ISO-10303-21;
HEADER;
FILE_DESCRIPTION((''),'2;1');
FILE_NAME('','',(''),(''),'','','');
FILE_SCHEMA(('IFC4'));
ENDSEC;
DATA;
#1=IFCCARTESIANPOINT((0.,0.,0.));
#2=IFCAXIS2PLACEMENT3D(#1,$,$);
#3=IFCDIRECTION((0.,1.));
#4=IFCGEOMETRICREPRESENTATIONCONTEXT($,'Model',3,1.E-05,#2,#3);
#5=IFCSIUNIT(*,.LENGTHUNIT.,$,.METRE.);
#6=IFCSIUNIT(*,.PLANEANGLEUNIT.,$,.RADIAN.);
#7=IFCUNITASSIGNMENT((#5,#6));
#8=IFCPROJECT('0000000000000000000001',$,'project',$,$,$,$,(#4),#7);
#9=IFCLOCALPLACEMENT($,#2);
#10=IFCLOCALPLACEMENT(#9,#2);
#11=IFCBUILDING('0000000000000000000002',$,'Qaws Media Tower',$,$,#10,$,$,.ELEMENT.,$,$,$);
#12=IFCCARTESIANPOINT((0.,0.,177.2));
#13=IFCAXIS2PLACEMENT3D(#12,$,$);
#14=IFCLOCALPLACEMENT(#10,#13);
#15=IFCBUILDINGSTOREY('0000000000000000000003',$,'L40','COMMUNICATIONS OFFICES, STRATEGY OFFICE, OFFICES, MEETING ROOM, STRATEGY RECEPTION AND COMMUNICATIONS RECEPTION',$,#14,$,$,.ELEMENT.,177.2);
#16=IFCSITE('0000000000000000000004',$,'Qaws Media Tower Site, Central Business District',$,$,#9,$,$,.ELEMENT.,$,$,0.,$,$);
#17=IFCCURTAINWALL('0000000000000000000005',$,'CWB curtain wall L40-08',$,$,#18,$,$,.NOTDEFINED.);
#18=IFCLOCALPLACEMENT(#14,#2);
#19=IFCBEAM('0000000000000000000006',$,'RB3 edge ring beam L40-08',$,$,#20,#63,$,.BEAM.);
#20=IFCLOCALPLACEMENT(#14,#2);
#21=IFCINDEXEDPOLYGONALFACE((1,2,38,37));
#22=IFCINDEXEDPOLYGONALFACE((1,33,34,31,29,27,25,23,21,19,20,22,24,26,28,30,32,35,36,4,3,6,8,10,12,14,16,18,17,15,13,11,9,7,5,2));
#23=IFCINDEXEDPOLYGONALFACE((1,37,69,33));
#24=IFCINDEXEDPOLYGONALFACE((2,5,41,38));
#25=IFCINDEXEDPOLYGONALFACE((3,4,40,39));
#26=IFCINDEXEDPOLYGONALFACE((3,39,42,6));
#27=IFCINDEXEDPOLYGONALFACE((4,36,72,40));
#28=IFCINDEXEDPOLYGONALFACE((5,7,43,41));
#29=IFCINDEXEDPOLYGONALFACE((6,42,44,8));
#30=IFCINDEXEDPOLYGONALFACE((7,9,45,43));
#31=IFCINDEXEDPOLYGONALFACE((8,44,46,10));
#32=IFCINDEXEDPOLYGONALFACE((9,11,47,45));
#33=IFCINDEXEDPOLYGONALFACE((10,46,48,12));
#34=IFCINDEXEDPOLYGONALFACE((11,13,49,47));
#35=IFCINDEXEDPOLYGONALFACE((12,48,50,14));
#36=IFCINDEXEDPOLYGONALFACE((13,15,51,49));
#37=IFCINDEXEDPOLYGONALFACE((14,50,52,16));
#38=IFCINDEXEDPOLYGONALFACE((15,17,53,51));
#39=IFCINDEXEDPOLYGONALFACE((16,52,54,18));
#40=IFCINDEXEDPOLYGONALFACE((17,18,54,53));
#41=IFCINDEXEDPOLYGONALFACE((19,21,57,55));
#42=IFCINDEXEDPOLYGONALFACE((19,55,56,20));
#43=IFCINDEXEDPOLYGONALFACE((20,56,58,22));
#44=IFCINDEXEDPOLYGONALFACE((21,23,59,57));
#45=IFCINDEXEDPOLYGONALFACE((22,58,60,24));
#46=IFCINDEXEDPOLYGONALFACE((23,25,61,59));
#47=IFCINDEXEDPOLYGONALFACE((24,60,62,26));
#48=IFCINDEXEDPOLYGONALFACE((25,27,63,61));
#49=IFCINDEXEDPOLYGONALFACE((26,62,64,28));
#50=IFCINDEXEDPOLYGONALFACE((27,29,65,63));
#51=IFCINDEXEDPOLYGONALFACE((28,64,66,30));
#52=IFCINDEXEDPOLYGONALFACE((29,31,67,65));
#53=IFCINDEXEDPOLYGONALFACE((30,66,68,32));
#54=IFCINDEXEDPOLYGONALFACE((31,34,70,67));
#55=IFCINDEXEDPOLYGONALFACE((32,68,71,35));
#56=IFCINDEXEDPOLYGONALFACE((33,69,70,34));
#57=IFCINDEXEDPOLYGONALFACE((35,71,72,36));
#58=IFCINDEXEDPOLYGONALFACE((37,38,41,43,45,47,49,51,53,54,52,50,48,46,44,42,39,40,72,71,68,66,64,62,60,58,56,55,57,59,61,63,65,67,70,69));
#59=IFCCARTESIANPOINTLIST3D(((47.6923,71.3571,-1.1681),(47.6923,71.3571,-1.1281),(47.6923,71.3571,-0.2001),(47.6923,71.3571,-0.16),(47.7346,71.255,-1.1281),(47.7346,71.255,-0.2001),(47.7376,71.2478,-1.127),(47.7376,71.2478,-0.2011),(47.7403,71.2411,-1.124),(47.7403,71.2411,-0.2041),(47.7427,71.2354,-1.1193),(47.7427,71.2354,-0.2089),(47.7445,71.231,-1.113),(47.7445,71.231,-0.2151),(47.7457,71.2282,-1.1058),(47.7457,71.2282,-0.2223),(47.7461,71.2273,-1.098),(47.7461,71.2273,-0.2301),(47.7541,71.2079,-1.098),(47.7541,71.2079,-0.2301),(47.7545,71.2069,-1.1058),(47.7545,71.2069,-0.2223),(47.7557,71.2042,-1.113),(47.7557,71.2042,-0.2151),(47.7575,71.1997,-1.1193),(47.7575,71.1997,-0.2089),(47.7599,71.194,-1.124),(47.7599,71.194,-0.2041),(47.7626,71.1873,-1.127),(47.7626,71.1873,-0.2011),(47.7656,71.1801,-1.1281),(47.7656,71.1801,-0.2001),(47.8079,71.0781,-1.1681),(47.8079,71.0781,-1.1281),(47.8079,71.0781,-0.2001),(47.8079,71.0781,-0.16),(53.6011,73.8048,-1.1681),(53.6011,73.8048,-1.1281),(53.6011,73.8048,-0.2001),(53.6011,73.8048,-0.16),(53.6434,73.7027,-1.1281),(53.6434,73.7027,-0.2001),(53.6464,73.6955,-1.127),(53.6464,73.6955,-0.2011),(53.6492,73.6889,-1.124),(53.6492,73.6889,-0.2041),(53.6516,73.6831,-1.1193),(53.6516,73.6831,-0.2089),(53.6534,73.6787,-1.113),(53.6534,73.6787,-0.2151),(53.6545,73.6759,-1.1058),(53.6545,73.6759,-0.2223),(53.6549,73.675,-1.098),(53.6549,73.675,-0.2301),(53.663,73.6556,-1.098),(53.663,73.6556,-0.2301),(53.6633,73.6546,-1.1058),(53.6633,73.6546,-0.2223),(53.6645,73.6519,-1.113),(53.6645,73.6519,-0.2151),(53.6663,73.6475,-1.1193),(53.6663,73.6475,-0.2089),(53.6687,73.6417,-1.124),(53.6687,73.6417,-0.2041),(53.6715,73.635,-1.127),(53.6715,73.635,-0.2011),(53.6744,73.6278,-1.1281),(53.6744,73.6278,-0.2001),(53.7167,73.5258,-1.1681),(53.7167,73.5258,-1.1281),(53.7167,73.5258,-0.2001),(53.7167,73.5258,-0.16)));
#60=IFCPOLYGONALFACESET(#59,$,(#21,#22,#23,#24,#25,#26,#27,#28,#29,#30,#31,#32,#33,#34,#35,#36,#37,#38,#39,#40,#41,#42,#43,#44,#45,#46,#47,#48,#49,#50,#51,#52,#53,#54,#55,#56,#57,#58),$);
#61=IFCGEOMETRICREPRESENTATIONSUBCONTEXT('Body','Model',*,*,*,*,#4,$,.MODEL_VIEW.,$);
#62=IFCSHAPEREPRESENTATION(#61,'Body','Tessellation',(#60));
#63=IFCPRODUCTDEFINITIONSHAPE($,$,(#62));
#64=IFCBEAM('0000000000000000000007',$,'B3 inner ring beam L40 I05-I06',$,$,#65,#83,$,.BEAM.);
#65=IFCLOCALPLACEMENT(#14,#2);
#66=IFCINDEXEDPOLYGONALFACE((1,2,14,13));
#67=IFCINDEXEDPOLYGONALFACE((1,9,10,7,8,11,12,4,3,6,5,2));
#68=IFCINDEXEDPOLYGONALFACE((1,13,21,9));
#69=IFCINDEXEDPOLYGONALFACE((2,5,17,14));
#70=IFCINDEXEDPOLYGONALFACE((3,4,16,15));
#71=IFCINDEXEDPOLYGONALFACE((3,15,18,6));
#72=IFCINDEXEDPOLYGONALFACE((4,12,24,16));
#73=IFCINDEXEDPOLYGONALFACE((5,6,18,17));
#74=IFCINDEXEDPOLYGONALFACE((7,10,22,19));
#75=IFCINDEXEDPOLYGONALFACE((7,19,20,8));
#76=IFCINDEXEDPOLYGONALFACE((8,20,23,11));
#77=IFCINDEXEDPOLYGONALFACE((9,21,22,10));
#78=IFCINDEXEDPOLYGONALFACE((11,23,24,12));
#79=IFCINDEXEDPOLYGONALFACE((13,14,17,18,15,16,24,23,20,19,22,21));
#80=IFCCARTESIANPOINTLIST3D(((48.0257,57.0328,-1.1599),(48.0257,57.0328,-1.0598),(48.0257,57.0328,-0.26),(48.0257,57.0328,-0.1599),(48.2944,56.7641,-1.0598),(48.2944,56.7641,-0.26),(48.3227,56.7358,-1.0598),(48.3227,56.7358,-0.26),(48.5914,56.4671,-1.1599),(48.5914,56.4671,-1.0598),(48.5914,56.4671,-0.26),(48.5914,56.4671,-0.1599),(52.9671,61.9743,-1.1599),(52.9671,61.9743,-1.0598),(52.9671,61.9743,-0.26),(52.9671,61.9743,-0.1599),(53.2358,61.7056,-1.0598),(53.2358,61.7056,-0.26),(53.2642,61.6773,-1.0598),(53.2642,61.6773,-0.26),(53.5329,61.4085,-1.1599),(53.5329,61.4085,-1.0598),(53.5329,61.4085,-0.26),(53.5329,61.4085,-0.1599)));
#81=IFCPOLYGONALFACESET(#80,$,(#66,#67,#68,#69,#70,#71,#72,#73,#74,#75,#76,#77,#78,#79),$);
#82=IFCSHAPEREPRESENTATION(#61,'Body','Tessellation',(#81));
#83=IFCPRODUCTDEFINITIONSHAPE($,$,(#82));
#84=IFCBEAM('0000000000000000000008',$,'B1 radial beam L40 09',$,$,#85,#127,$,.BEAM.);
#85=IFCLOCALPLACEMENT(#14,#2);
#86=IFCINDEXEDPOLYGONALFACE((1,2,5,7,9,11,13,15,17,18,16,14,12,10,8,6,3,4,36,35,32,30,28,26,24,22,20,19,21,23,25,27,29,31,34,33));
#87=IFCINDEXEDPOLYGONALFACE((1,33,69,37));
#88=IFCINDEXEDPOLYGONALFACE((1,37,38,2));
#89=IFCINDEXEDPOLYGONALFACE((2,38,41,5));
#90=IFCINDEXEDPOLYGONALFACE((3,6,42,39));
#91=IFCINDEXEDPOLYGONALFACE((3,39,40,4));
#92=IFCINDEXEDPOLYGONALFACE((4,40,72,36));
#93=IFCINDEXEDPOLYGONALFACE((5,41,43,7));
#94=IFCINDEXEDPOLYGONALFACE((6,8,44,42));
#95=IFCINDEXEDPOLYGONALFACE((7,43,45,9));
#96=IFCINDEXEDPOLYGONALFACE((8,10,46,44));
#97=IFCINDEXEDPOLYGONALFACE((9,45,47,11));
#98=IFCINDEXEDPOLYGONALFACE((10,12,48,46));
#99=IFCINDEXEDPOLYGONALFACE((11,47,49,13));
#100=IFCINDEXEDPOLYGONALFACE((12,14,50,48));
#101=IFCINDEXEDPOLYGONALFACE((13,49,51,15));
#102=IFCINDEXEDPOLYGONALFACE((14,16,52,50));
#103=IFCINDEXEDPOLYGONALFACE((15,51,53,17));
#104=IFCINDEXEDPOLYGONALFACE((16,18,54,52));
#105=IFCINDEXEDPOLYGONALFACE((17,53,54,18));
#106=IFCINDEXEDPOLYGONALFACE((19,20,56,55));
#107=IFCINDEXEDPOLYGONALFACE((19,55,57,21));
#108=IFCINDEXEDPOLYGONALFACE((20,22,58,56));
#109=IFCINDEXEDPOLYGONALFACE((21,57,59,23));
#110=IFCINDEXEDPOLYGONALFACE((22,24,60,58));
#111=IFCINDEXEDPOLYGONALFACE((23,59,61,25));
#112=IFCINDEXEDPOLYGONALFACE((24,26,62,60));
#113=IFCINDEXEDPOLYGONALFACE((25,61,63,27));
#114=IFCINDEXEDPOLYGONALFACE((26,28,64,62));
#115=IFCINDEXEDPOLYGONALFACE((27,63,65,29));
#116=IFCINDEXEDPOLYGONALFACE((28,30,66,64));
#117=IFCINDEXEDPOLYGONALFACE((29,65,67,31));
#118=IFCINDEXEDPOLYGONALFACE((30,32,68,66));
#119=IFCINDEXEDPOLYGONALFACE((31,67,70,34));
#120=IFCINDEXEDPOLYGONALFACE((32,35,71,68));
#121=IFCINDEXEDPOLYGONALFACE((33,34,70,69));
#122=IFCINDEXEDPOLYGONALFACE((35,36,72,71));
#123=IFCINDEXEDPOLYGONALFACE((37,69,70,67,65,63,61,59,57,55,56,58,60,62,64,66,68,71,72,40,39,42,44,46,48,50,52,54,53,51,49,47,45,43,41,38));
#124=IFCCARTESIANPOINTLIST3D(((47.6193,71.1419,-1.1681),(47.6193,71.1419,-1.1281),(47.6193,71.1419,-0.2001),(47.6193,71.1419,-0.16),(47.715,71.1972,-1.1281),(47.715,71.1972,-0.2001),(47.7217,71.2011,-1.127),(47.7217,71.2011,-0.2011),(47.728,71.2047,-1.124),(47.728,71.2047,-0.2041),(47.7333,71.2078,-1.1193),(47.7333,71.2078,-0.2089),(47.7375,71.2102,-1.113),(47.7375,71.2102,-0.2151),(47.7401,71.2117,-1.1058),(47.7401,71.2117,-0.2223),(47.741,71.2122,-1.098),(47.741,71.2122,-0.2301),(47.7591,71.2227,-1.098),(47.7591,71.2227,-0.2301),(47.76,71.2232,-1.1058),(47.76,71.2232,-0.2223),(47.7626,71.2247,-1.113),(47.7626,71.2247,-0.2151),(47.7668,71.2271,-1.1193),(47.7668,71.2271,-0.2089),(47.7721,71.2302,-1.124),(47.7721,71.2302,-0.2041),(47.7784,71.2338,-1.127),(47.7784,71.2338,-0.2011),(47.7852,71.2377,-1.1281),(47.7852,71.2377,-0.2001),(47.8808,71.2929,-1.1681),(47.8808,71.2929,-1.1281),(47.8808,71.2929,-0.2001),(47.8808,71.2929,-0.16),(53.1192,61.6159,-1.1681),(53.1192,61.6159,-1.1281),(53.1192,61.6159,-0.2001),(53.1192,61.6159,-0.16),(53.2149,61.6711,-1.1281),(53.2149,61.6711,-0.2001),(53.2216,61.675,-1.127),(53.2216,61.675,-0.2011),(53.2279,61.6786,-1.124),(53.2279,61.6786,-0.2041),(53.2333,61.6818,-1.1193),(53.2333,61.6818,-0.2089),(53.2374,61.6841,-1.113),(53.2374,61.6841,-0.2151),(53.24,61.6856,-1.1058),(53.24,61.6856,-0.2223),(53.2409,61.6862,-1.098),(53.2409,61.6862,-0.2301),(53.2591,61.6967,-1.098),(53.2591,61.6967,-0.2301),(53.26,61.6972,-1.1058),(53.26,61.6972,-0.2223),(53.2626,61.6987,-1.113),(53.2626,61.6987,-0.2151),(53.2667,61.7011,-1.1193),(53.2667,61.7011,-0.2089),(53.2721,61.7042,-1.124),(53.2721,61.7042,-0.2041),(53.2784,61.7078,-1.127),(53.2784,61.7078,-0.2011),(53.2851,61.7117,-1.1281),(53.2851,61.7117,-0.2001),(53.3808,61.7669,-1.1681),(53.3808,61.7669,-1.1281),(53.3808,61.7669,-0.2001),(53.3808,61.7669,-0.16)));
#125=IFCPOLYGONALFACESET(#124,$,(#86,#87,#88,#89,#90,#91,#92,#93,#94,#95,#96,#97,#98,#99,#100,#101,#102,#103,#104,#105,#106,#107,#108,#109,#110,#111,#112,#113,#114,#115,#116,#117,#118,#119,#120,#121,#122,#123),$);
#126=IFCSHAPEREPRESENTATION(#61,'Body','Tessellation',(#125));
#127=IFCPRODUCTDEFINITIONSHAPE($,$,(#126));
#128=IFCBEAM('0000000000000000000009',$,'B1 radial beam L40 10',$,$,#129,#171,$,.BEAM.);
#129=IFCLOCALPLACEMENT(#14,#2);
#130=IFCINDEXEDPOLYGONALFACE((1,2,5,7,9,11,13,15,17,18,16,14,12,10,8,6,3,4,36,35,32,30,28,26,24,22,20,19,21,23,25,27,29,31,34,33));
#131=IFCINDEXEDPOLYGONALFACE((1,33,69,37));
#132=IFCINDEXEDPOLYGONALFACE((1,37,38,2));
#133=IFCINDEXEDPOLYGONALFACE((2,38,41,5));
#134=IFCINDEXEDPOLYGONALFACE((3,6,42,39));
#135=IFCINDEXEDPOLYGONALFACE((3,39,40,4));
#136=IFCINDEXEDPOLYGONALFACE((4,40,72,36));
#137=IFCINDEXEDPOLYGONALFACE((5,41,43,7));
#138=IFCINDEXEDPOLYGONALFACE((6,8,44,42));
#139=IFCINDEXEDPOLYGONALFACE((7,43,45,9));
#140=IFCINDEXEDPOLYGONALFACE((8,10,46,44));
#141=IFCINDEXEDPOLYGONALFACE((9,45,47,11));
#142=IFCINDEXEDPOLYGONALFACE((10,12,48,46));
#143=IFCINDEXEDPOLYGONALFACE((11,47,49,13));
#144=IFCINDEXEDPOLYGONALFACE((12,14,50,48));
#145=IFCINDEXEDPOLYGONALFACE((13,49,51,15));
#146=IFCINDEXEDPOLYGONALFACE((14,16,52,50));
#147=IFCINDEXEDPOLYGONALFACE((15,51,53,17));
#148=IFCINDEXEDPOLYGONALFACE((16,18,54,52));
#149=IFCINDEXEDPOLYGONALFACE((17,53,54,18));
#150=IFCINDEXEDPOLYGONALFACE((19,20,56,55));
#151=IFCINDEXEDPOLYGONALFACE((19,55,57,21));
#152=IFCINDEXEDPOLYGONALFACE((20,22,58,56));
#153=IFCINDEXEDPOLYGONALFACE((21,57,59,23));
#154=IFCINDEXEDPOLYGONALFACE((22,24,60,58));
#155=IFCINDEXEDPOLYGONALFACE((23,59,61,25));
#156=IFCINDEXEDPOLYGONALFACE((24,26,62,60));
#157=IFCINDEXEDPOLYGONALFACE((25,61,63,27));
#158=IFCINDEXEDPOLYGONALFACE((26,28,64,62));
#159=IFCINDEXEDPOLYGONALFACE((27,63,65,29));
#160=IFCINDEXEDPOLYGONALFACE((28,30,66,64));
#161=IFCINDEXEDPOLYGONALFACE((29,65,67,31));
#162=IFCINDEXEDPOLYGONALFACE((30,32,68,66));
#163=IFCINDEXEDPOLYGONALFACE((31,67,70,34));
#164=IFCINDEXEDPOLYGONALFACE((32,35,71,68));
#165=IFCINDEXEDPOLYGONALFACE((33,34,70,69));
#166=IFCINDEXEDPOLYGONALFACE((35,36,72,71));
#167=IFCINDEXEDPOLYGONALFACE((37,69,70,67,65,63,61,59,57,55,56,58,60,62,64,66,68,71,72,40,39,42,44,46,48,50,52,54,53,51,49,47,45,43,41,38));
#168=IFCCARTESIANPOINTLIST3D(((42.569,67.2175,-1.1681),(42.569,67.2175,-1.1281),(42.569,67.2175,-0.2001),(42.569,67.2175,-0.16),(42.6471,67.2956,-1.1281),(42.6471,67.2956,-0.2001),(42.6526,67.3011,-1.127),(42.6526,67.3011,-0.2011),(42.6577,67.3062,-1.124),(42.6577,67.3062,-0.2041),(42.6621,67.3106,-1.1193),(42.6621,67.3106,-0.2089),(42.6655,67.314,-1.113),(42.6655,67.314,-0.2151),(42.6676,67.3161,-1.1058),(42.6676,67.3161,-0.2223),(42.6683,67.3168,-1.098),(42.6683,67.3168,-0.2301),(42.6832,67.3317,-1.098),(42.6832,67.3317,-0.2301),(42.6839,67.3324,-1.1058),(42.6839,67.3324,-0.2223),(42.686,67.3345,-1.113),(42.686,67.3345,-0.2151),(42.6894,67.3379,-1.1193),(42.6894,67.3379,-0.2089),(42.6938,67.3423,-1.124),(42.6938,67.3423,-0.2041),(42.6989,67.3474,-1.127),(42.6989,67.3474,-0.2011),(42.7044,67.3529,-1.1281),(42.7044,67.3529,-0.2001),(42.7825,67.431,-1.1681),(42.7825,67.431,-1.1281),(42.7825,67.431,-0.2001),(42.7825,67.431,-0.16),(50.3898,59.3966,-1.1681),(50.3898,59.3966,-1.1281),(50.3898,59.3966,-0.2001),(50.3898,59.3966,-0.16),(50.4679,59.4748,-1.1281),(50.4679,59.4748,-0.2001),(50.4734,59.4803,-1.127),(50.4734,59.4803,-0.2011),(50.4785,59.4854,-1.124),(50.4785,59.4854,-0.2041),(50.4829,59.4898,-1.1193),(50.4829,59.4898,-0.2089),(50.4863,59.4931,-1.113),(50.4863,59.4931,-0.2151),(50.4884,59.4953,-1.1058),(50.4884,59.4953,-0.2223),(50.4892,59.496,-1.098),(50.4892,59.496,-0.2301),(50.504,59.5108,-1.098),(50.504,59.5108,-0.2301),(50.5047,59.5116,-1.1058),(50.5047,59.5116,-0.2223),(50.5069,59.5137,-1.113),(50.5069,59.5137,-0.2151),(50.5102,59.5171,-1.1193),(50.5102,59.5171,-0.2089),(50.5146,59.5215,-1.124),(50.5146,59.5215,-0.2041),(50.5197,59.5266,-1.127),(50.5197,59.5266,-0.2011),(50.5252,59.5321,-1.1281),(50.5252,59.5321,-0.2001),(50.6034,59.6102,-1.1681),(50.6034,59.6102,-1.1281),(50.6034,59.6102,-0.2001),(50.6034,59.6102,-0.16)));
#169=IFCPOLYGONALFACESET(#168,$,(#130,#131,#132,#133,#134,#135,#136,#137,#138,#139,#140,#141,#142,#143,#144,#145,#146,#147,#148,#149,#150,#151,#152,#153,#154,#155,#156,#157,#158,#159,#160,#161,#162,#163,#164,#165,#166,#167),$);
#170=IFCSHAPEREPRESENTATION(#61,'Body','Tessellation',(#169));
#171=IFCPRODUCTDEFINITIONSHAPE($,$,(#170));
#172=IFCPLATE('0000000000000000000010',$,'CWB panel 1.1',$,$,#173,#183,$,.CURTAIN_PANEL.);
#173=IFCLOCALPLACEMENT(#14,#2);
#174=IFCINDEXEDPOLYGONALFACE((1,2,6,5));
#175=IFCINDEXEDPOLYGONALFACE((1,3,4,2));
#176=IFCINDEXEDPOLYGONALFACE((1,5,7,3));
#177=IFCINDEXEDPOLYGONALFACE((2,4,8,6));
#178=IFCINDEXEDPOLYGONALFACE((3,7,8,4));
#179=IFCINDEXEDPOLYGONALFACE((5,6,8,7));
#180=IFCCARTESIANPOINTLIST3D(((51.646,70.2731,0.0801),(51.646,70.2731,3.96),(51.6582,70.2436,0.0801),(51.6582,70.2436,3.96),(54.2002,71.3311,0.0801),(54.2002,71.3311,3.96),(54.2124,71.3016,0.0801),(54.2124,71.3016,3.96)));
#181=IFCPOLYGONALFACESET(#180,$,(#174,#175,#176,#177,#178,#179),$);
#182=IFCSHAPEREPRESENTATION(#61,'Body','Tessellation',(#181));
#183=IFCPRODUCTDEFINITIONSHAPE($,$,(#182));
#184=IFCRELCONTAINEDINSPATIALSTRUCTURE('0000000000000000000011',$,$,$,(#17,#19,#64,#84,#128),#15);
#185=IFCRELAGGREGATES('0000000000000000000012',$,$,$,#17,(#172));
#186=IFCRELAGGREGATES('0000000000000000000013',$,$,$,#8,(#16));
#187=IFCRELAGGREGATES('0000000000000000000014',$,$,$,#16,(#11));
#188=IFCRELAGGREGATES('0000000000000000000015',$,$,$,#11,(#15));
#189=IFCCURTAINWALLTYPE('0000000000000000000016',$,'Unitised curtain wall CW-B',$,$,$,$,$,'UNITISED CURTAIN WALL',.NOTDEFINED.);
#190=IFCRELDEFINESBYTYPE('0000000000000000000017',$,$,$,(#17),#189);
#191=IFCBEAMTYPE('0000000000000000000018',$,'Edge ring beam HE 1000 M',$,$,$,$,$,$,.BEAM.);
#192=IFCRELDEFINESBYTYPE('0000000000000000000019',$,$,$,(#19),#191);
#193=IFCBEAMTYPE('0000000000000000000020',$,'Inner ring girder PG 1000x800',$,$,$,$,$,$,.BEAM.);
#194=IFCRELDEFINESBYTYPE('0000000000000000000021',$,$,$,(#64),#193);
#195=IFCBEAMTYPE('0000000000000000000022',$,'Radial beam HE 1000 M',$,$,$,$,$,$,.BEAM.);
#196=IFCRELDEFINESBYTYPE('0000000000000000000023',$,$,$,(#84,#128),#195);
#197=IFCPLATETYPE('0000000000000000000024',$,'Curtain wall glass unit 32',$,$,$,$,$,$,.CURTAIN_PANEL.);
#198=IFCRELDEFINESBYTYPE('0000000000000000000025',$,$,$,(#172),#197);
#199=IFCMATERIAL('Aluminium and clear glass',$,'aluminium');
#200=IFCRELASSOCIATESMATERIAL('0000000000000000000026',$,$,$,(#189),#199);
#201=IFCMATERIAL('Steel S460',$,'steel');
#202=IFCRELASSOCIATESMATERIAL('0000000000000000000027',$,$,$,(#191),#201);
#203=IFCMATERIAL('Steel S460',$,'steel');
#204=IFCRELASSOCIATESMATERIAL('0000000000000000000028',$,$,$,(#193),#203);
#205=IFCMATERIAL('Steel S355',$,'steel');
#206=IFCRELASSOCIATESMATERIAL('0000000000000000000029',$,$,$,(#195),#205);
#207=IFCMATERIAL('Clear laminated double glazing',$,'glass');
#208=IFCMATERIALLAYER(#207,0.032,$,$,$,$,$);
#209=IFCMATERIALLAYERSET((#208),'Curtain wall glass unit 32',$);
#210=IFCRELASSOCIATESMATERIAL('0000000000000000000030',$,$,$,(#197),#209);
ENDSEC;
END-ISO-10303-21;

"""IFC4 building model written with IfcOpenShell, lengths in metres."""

from ifc_helpers import new_model, si_unit, direction, frame, origin, origin_2d, place, context, subcontext, project, spatial, rectangle, i_section, extrude, material, layer, layer_set, material_profile, profile_set, type_object, element, aggregate, save


model = new_model("IFC4")

# Units and contexts
model_context = context("Model", 3, precision=1e-05, world=origin(), true_north=direction((0.0, 1.0)))
body_context = subcontext(model_context, "Body", "Model", "MODEL_VIEW")
ifc_project = project(units=[si_unit("LENGTHUNIT", "METRE"), si_unit("PLANEANGLEUNIT", "RADIAN")], contexts=[model_context])

# Site, building, storey
site_placement = place(None, origin())
site = spatial("IfcSite", under=ifc_project, at=site_placement, Name="Qaws Media Tower Site, Central Business District", CompositionType="ELEMENT", RefElevation=0.0)
building_placement = place(site_placement, origin())
building = spatial("IfcBuilding", under=site, at=building_placement, Name="Qaws Media Tower", CompositionType="ELEMENT")
storey_placement = place(building_placement, frame((0.0, 0.0, 177.2)))
storey = spatial("IfcBuildingStorey", under=building, at=storey_placement, Name="L40", Description="COMMUNICATIONS OFFICES, STRATEGY OFFICE, OFFICES, MEETING ROOM, STRATEGY RECEPTION AND COMMUNICATIONS RECEPTION", CompositionType="ELEMENT", Elevation=177.2)

# Curtain wall
ifc_material_1 = material(Name="Aluminium and clear glass", Category="aluminium")
curtain_wall_type = type_object("IfcCurtainWallType", Name="Unitised curtain wall CW-B", ElementType="UNITISED CURTAIN WALL", PredefinedType="NOTDEFINED", material=ifc_material_1)
curtain_wall_1_placement = place(storey_placement, origin())
curtain_wall_1 = element("IfcCurtainWall", 1, at=curtain_wall_1_placement, inside=storey, type_object=curtain_wall_type, Name="CWB curtain wall L40-08", PredefinedType="NOTDEFINED")

# Beams
ifc_material_2 = material(Name="Steel S460", Category="steel")
ifc_material_profile_1 = material_profile(ifc_material_2, i_section(OverallWidth=0.302, OverallDepth=1.0081, WebThickness=0.021, FlangeThickness=0.04, FilletRadius=0.03, at=origin_2d()), Name="HE 1000 M")
ifc_profile_set_1 = profile_set([ifc_material_profile_1], Name="Steel S460")
beam_type_1 = type_object("IfcBeamType", Name="Edge ring beam HE 1000 M", PredefinedType="BEAM", material=ifc_profile_set_1)
beam_1_placement = place(storey_placement, frame((53.6589, 73.6653, -0.6641), z_axis=(-0.923869, -0.382709, 0.0), x_axis=(0.382709, -0.923869, 0.0)))
element("IfcBeam", 2, at=beam_1_placement, inside=storey, type_object=beam_type_1, Name="RB3 edge ring beam L40-08", PredefinedType="BEAM", context=body_context, shape_type="SweptSolid", body=[
    extrude(i_section(OverallWidth=0.302, OverallDepth=1.0081, WebThickness=0.021, FlangeThickness=0.04, FilletRadius=0.03, at=origin_2d()), origin(), (0.0, 0.0, 1.0), 6.3958),
])
ifc_material_3 = material(Name="Steel S460", Category="steel")
ifc_material_profile_2 = material_profile(ifc_material_3, i_section(OverallWidth=0.8, OverallDepth=1.0, WebThickness=0.04, FlangeThickness=0.1001, at=origin_2d()), Name="PG 1000x800")
ifc_profile_set_2 = profile_set([ifc_material_profile_2], Name="Steel S460")
beam_type_2 = type_object("IfcBeamType", Name="Inner ring girder PG 1000x800", PredefinedType="BEAM", material=ifc_profile_set_2)
beam_2_placement = place(storey_placement, frame((53.25, 61.6914, -0.6599), z_axis=(-0.707107, -0.707107, 0.0), x_axis=(0.707107, -0.707107, 0.0)))
element("IfcBeam", 3, at=beam_2_placement, inside=storey, type_object=beam_type_2, Name="B3 inner ring beam L40 I05-I06", PredefinedType="BEAM", context=body_context, shape_type="SweptSolid", body=[
    extrude(i_section(OverallWidth=0.8, OverallDepth=1.0, WebThickness=0.04, FlangeThickness=0.1001, at=origin_2d()), origin(), (0.0, 0.0, 1.0), 6.9883),
])
ifc_material_4 = material(Name="Steel S355", Category="steel")
ifc_material_profile_3 = material_profile(ifc_material_4, i_section(OverallWidth=0.302, OverallDepth=1.0081, WebThickness=0.021, FlangeThickness=0.04, FilletRadius=0.03, at=origin_2d()), Name="HE 1000 M")
ifc_profile_set_3 = profile_set([ifc_material_profile_3], Name="Steel S355")
beam_type_3 = type_object("IfcBeamType", Name="Radial beam HE 1000 M", PredefinedType="BEAM", material=ifc_profile_set_3)
beam_3_placement = place(storey_placement, frame((53.25, 61.6914, -0.6641), z_axis=(-0.500006, 0.866022, 0.0), x_axis=(-0.866022, -0.500006, 0.0)))
element("IfcBeam", 4, at=beam_3_placement, inside=storey, type_object=beam_type_3, Name="B1 radial beam L40 09", PredefinedType="BEAM", context=body_context, shape_type="SweptSolid", body=[
    extrude(i_section(OverallWidth=0.302, OverallDepth=1.0081, WebThickness=0.021, FlangeThickness=0.04, FilletRadius=0.03, at=origin_2d()), origin(), (0.0, 0.0, 1.0), 10.9998),
])
beam_4_placement = place(storey_placement, frame((50.4966, 59.5034, -0.6641), z_axis=(-0.707107, 0.707107, 0.0), x_axis=(-0.707107, -0.707107, 0.0)))
element("IfcBeam", 5, at=beam_4_placement, inside=storey, type_object=beam_type_3, Name="B1 radial beam L40 10", PredefinedType="BEAM", context=body_context, shape_type="SweptSolid", body=[
    extrude(i_section(OverallWidth=0.302, OverallDepth=1.0081, WebThickness=0.021, FlangeThickness=0.04, FilletRadius=0.03, at=origin_2d()), origin(), (0.0, 0.0, 1.0), 11.0603),
])

# Plate
ifc_material_5 = material(Name="Clear laminated double glazing", Category="glass")
ifc_layer_1 = layer(ifc_material_5, 0.032)
ifc_layer_set_1 = layer_set([ifc_layer_1], Name="Curtain wall glass unit 32")
plate_type = type_object("IfcPlateType", Name="Curtain wall glass unit 32", PredefinedType="CURTAIN_PANEL", material=ifc_layer_set_1)
plate_1_placement = place(storey_placement, frame((52.9292, 70.7874, 0.0801), z_axis=(0.0, 0.0, 1.0), x_axis=(-0.923879, -0.382684, 0.0)))
plate_1 = element("IfcPlate", 6, at=plate_1_placement, type_object=plate_type, Name="CWB panel 1.1", PredefinedType="CURTAIN_PANEL", context=body_context, shape_type="SweptSolid", body=[
    extrude(rectangle(XDim=2.7646, YDim=0.032, at=origin_2d()), origin(), (0.0, 0.0, 1.0), 3.8799),
])
aggregate(curtain_wall_1, [plate_1])

save(model, "model.ifc")
